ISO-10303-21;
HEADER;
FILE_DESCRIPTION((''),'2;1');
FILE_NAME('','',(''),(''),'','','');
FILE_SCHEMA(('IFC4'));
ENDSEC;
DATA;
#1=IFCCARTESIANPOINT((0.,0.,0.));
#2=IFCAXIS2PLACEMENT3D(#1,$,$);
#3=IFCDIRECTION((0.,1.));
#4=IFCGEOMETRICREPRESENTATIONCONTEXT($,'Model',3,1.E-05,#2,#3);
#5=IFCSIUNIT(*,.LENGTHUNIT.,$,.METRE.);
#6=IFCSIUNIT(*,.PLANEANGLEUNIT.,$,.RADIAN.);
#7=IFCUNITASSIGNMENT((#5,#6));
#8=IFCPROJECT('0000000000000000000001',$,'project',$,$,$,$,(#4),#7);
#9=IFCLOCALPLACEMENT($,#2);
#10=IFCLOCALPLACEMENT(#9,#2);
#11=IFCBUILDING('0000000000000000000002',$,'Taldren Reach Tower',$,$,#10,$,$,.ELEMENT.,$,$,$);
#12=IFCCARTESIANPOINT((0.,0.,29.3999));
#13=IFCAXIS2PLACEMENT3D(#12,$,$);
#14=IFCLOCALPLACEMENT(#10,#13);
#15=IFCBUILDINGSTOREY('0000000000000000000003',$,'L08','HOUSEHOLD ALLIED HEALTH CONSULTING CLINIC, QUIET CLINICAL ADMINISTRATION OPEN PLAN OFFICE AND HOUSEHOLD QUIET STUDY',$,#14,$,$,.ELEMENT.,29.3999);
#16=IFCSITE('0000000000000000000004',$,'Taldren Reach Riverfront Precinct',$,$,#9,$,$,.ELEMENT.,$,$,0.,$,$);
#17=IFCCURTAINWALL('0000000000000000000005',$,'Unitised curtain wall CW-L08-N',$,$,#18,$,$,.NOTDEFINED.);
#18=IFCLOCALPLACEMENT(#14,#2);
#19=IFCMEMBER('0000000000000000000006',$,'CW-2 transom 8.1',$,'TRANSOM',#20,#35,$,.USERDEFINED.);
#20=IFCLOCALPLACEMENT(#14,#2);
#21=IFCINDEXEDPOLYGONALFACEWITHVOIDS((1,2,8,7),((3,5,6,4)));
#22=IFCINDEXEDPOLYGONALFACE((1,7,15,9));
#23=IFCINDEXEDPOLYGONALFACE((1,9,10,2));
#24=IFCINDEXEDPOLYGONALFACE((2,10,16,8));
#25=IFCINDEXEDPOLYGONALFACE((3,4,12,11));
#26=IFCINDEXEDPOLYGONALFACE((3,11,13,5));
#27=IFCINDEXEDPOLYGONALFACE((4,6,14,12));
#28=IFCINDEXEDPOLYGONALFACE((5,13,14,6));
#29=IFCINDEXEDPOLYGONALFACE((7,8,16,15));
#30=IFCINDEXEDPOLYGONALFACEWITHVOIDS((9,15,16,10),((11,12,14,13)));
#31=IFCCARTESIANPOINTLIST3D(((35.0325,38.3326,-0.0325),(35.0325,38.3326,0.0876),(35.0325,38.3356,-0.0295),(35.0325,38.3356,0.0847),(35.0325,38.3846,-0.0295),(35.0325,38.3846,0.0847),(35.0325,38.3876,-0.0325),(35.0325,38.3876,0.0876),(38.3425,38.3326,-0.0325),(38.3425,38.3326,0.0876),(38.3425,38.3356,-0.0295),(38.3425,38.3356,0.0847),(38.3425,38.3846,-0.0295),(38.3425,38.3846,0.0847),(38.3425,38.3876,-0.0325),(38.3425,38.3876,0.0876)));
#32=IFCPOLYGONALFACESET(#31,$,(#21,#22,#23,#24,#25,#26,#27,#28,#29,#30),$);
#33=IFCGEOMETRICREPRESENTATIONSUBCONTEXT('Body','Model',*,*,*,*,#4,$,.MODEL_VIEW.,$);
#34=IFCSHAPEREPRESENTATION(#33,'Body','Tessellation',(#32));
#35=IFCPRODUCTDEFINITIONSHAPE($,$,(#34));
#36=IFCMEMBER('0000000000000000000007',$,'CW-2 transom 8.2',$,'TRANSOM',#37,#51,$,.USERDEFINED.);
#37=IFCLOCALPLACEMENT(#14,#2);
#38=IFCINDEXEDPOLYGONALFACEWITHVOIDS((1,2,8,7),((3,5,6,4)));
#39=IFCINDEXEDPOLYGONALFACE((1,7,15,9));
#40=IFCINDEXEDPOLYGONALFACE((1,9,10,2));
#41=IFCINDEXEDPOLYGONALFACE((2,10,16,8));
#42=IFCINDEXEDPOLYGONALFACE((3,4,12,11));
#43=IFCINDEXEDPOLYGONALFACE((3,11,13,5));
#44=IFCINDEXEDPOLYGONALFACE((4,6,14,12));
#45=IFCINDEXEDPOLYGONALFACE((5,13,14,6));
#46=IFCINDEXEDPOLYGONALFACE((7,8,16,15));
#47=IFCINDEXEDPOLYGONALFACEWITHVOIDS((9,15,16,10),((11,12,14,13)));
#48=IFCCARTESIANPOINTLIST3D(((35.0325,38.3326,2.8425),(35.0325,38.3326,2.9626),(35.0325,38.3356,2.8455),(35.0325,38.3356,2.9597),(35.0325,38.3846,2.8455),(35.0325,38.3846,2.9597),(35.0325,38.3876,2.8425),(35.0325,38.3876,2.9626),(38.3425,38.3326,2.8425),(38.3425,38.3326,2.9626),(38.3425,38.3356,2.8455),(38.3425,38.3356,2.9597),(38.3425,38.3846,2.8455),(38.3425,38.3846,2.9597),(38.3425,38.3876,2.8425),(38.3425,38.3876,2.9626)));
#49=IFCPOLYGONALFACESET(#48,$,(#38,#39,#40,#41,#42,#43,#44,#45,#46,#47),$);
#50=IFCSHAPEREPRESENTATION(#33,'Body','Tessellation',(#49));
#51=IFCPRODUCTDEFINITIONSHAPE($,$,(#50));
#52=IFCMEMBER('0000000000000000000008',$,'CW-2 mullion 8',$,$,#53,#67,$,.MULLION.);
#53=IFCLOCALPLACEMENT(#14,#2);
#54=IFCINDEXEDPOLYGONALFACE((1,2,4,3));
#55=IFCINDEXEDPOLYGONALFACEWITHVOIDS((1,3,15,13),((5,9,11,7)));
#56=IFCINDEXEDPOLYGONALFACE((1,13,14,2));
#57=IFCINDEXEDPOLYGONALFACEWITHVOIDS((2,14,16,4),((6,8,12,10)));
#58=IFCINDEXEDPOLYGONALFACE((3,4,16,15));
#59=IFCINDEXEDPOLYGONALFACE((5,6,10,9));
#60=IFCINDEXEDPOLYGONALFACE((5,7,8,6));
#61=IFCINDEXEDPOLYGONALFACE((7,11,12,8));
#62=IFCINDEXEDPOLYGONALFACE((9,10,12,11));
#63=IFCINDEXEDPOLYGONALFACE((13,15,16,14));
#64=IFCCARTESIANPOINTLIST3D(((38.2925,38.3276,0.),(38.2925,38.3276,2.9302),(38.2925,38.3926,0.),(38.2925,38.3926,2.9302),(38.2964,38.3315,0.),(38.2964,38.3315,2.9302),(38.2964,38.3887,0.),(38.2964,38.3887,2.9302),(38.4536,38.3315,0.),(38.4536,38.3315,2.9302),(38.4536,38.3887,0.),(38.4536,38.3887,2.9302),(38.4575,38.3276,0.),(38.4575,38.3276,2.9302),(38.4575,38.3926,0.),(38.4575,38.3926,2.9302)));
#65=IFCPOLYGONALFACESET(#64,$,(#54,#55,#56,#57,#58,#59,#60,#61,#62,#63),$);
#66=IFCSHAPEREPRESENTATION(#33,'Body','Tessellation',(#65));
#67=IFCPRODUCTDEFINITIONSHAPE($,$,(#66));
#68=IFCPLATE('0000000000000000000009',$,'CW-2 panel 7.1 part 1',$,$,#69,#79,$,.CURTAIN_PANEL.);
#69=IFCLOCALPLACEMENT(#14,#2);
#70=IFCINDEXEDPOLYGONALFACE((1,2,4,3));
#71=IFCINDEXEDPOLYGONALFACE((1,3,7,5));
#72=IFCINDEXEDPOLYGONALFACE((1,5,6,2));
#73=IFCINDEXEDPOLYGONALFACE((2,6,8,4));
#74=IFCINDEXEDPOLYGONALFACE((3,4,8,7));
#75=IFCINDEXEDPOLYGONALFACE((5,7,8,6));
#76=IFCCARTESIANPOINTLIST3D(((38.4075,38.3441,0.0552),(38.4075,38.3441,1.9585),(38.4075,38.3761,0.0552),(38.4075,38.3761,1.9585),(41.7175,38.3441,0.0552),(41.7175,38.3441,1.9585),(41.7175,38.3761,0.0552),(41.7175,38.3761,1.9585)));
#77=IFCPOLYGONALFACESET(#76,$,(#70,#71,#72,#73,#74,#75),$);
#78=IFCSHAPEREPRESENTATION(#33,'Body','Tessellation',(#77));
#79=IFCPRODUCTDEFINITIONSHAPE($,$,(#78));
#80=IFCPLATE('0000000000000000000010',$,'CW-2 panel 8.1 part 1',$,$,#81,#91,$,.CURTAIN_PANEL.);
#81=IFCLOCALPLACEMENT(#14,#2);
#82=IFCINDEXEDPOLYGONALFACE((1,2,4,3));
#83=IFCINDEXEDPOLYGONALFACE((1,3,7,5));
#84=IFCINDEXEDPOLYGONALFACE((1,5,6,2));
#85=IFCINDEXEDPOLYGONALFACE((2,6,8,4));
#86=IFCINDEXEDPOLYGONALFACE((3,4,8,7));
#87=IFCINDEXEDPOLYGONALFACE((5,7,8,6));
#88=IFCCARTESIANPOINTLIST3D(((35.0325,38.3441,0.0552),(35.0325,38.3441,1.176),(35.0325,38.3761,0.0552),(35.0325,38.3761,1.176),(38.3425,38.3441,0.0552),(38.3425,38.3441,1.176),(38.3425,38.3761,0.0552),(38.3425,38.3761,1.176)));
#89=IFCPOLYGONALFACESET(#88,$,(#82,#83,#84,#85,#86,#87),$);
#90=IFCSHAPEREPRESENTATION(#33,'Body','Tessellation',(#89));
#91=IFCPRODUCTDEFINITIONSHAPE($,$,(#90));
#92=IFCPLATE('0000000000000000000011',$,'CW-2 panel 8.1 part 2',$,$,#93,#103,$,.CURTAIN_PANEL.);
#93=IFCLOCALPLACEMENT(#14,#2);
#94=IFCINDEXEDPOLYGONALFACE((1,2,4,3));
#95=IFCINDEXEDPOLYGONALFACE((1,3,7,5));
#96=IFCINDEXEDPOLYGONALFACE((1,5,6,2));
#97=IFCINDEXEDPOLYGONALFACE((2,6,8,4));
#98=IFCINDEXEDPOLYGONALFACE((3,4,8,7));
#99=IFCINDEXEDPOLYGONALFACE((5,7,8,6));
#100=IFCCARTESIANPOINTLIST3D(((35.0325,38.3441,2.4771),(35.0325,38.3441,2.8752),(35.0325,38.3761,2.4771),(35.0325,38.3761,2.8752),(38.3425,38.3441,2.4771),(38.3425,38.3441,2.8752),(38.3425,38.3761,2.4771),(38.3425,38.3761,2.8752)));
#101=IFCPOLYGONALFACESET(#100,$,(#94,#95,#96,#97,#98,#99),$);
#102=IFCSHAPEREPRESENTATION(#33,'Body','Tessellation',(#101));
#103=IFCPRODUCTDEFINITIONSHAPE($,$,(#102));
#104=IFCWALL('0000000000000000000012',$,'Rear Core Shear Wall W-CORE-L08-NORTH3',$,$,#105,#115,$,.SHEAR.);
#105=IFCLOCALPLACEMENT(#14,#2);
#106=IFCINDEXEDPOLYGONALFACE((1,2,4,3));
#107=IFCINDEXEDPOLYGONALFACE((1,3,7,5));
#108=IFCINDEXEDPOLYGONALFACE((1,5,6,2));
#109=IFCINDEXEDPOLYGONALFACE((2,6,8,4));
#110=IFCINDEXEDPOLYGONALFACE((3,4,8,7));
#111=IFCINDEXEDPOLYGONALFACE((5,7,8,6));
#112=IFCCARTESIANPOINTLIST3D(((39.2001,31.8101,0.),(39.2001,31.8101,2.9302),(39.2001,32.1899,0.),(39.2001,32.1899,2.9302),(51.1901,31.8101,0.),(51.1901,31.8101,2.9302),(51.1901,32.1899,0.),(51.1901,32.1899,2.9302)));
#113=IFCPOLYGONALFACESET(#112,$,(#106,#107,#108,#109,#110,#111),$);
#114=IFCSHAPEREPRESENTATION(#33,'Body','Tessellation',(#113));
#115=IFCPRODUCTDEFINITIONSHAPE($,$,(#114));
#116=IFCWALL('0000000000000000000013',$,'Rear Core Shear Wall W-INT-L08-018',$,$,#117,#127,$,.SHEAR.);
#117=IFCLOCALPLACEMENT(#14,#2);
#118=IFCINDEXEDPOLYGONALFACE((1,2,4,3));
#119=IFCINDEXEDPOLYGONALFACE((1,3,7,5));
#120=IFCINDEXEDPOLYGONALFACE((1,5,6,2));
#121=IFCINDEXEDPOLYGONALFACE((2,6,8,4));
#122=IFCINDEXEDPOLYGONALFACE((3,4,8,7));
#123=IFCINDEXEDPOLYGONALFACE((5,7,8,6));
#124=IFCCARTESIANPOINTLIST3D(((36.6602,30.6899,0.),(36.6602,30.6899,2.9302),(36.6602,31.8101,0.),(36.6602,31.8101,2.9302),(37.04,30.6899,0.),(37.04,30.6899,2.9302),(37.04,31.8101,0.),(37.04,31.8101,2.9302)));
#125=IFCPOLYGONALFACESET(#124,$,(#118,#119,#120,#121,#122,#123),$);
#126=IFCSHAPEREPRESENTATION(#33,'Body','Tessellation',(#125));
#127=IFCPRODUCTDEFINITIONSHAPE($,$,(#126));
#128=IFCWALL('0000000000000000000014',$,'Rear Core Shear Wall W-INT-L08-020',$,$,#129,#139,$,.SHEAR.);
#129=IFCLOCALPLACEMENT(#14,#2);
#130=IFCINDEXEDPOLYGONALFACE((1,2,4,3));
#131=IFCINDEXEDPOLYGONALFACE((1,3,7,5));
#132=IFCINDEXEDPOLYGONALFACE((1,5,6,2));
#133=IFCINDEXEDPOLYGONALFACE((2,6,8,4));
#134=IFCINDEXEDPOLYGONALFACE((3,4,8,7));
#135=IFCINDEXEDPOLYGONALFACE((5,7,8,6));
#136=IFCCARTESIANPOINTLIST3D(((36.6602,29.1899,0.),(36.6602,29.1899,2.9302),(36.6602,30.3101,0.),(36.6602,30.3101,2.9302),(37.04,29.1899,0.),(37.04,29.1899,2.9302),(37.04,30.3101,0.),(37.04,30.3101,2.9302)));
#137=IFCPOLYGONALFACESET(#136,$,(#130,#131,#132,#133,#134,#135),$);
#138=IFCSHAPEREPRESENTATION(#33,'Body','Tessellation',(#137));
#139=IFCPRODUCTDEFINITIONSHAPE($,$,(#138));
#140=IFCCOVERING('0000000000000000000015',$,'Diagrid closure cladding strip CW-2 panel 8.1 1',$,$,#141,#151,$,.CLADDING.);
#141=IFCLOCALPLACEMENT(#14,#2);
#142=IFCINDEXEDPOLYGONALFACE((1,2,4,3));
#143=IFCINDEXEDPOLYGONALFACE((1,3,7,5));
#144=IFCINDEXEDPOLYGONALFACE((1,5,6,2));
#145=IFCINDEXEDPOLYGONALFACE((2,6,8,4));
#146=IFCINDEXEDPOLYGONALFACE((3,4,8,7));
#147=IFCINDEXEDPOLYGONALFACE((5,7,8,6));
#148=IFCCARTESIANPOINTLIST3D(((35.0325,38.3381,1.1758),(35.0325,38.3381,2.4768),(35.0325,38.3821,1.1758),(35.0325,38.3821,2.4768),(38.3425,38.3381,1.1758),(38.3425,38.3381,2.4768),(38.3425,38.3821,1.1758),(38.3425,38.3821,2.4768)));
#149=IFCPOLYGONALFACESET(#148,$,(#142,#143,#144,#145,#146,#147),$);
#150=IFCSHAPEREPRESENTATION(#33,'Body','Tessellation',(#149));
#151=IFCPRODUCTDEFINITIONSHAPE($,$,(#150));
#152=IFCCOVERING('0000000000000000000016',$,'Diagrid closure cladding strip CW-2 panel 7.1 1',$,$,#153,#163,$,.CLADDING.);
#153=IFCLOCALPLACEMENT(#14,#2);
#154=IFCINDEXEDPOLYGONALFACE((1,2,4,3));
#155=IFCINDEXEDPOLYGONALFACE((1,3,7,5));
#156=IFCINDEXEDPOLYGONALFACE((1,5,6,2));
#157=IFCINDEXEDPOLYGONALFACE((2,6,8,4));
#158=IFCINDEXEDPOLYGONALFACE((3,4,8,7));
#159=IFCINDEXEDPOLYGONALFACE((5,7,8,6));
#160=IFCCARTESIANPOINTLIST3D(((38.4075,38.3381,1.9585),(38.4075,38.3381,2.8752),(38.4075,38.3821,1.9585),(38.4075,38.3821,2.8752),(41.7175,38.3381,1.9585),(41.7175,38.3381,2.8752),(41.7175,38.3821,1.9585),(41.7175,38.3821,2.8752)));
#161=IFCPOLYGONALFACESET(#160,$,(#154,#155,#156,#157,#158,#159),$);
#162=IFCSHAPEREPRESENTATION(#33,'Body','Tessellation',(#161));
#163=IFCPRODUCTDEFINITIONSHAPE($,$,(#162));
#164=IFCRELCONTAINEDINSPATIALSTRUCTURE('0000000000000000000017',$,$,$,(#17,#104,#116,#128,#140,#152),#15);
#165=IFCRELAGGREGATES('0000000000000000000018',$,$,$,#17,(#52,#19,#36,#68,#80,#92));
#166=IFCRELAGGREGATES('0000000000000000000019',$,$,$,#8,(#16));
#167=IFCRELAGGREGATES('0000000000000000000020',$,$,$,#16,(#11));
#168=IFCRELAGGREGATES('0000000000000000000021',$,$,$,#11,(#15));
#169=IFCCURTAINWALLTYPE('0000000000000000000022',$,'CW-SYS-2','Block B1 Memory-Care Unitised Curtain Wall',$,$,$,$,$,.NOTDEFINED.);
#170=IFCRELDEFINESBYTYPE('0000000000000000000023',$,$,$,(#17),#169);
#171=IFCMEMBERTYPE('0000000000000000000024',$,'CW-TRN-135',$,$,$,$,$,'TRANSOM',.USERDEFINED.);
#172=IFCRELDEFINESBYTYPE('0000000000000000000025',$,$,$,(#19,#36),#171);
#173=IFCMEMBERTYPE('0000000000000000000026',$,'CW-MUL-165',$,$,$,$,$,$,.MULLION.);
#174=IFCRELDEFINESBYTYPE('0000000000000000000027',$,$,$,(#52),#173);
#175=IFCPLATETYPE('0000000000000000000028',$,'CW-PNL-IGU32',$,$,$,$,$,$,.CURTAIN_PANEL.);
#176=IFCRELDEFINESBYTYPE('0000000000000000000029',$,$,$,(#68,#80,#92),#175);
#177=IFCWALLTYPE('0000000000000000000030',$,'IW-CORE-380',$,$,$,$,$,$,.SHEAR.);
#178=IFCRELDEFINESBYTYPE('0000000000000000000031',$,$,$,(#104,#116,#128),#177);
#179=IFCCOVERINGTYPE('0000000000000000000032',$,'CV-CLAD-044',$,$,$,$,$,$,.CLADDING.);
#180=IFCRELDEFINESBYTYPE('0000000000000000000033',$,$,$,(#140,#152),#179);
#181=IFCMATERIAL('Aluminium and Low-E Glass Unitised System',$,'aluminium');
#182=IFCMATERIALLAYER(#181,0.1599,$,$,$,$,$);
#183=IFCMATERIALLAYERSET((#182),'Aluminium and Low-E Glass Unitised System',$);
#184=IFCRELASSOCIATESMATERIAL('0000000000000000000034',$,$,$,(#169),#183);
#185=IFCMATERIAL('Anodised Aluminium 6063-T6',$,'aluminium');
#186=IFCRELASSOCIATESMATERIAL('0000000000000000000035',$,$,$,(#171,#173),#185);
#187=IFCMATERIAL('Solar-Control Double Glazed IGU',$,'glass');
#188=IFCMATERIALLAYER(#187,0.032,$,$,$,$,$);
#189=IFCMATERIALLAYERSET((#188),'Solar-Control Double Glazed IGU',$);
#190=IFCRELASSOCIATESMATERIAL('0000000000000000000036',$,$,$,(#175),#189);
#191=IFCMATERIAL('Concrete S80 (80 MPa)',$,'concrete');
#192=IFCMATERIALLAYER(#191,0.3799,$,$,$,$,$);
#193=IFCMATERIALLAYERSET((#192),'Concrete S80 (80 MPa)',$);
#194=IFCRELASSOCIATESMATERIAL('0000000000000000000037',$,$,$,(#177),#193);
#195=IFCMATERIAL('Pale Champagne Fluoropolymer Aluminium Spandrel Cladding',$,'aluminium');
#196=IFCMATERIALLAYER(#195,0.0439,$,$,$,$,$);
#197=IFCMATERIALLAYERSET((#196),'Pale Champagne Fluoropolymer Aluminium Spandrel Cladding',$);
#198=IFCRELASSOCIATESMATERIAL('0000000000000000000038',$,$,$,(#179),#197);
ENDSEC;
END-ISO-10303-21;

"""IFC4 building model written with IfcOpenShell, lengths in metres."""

from ifc_helpers import new_model, si_unit, direction, frame, frame_2d, origin, origin_2d, place, context, subcontext, project, spatial, rectangle, hollow_rectangle, extrude, source, transform, mapped, material, layer, layer_set, material_profile, profile_set, type_object, element, aggregate, save


model = new_model("IFC4")

# Units and contexts
model_context = context("Model", 3, precision=1e-05, world=origin(), true_north=direction((0.0, 1.0)))
body_context = subcontext(model_context, "Body", "Model", "MODEL_VIEW")
ifc_project = project(units=[si_unit("LENGTHUNIT", "METRE"), si_unit("PLANEANGLEUNIT", "RADIAN")], contexts=[model_context])

# Site, building, storey
site_placement = place(None, origin())
site = spatial("IfcSite", under=ifc_project, at=site_placement, Name="Taldren Reach Riverfront Precinct", CompositionType="ELEMENT", RefElevation=0.0)
building_placement = place(site_placement, origin())
building = spatial("IfcBuilding", under=site, at=building_placement, Name="Taldren Reach Tower", CompositionType="ELEMENT")
storey_placement = place(building_placement, frame((0.0, 0.0, 29.3999)))
storey = spatial("IfcBuildingStorey", under=building, at=storey_placement, Name="L08", Description="HOUSEHOLD ALLIED HEALTH CONSULTING CLINIC, QUIET CLINICAL ADMINISTRATION OPEN PLAN OFFICE AND HOUSEHOLD QUIET STUDY", CompositionType="ELEMENT", Elevation=29.3999)

# Curtain wall, members, plates
ifc_material_1 = material(Name="Aluminium and Low-E Glass Unitised System", Category="aluminium")
ifc_layer_1 = layer(ifc_material_1, 0.1599)
ifc_layer_set_1 = layer_set([ifc_layer_1], Name="Aluminium and Low-E Glass Unitised System")
curtain_wall_type = type_object("IfcCurtainWallType", Name="CW-SYS-2", Description="Block B1 Memory-Care Unitised Curtain Wall", PredefinedType="NOTDEFINED", material=ifc_layer_set_1)
curtain_wall_placement = place(storey_placement, origin())
curtain_wall = element("IfcCurtainWall", 1, at=curtain_wall_placement, inside=storey, type_object=curtain_wall_type, Name="Unitised curtain wall CW-L08-N", PredefinedType="NOTDEFINED")
ifc_material_2 = material(Name="Anodised Aluminium 6063-T6", Category="aluminium")
ifc_material_profile_1 = material_profile(ifc_material_2, hollow_rectangle(XDim=0.0549, YDim=0.1201, WallThickness=0.0029, at=origin_2d()), Name="ALU-120x55x3RHS")
ifc_profile_set_1 = profile_set([ifc_material_profile_1], Name="Anodised Aluminium 6063-T6")
member_type_1 = type_object("IfcMemberType", Name="CW-TRN-135", ElementType="TRANSOM", PredefinedType="USERDEFINED", material=ifc_profile_set_1)
shared_shape_1 = source(origin(), body_context, "Body", "SweptSolid", [
    extrude(hollow_rectangle(XDim=0.0549, YDim=0.1201, WallThickness=0.0029, at=origin_2d()), origin(), (0.0, 0.0, 1.0), 3.3101),
])
member_1_placement = place(storey_placement, frame((38.3425, 38.3601, 0.0276), z_axis=(-1.0, 0.0, 0.0), x_axis=(0.0, -1.0, 0.0)))
member_1 = element("IfcMember", 2, at=member_1_placement, type_object=member_type_1, Name="CW-2 transom 8.1", ObjectType="TRANSOM", PredefinedType="USERDEFINED", context=body_context, shape_type="MappedRepresentation", body=[
    mapped(shared_shape_1, transform((0.0, 0.0, 0.0), scale=1.0)),
])
member_2_placement = place(storey_placement, frame((38.3425, 38.3601, 2.9026), z_axis=(-1.0, 0.0, 0.0), x_axis=(0.0, -1.0, 0.0)))
member_2 = element("IfcMember", 3, at=member_2_placement, type_object=member_type_1, Name="CW-2 transom 8.2", ObjectType="TRANSOM", PredefinedType="USERDEFINED", context=body_context, shape_type="MappedRepresentation", body=[
    mapped(shared_shape_1, transform((0.0, 0.0, 0.0), scale=1.0)),
])
ifc_material_profile_2 = material_profile(ifc_material_2, hollow_rectangle(XDim=0.0649, YDim=0.165, WallThickness=0.0039, at=origin_2d()), Name="ALU-165x65x4RHS")
ifc_profile_set_2 = profile_set([ifc_material_profile_2], Name="Anodised Aluminium 6063-T6")
member_type_2 = type_object("IfcMemberType", Name="CW-MUL-165", PredefinedType="MULLION", material=ifc_profile_set_2)
shared_shape_2 = source(origin(), body_context, "Body", "SweptSolid", [
    extrude(hollow_rectangle(XDim=0.0649, YDim=0.165, WallThickness=0.0039, at=origin_2d()), origin(), (0.0, 0.0, 1.0), 2.9302),
])
member_3_placement = place(storey_placement, frame((38.375, 38.3601, 0.0), z_axis=(0.0, 0.0, 1.0), x_axis=(0.0, -1.0, 0.0)))
member_3 = element("IfcMember", 4, at=member_3_placement, type_object=member_type_2, Name="CW-2 mullion 8", PredefinedType="MULLION", context=body_context, shape_type="MappedRepresentation", body=[
    mapped(shared_shape_2, transform((0.0, 0.0, 0.0), scale=1.0)),
])
ifc_material_3 = material(Name="Solar-Control Double Glazed IGU", Category="glass")
ifc_layer_2 = layer(ifc_material_3, 0.032)
ifc_layer_set_2 = layer_set([ifc_layer_2], Name="Solar-Control Double Glazed IGU")
plate_type = type_object("IfcPlateType", Name="CW-PNL-IGU32", PredefinedType="CURTAIN_PANEL", material=ifc_layer_set_2)
shared_shape_3 = source(origin(), body_context, "Body", "SweptSolid", [
    extrude(rectangle(XDim=3.3101, YDim=0.032, at=origin_2d()), origin(), (0.0, 0.0, 1.0), 1.9033),
])
plate_1_placement = place(storey_placement, frame((40.0625, 38.3601, 0.0552), z_axis=(0.0, 0.0, 1.0), x_axis=(-1.0, 0.0, 0.0)))
plate_1 = element("IfcPlate", 5, at=plate_1_placement, type_object=plate_type, Name="CW-2 panel 7.1 part 1", PredefinedType="CURTAIN_PANEL", context=body_context, shape_type="MappedRepresentation", body=[
    mapped(shared_shape_3, transform((0.0, 0.0, 0.0), scale=1.0)),
])
shared_shape_4 = source(origin(), body_context, "Body", "SweptSolid", [
    extrude(rectangle(XDim=3.3101, YDim=0.032, at=origin_2d()), origin(), (0.0, 0.0, 1.0), 1.1208),
])
plate_2_placement = place(storey_placement, frame((36.6875, 38.3601, 0.0552), z_axis=(0.0, 0.0, 1.0), x_axis=(-1.0, 0.0, 0.0)))
plate_2 = element("IfcPlate", 6, at=plate_2_placement, type_object=plate_type, Name="CW-2 panel 8.1 part 1", PredefinedType="CURTAIN_PANEL", context=body_context, shape_type="MappedRepresentation", body=[
    mapped(shared_shape_4, transform((0.0, 0.0, 0.0), scale=1.0)),
])
shared_shape_5 = source(origin(), body_context, "Body", "SweptSolid", [
    extrude(rectangle(XDim=3.3101, YDim=0.032, at=origin_2d()), origin(), (0.0, 0.0, 1.0), 0.3982),
])
plate_3_placement = place(storey_placement, frame((36.6875, 38.3601, 2.4771), z_axis=(0.0, 0.0, 1.0), x_axis=(-1.0, 0.0, 0.0)))
plate_3 = element("IfcPlate", 7, at=plate_3_placement, type_object=plate_type, Name="CW-2 panel 8.1 part 2", PredefinedType="CURTAIN_PANEL", context=body_context, shape_type="MappedRepresentation", body=[
    mapped(shared_shape_5, transform((0.0, 0.0, 0.0), scale=1.0)),
])
aggregate(curtain_wall, [member_3, member_1, member_2, plate_1, plate_2, plate_3])

# Walls
ifc_material_4 = material(Name="Concrete S80 (80 MPa)", Category="concrete")
ifc_layer_3 = layer(ifc_material_4, 0.3799)
ifc_layer_set_3 = layer_set([ifc_layer_3], Name="Concrete S80 (80 MPa)")
wall_type = type_object("IfcWallType", Name="IW-CORE-380", PredefinedType="SHEAR", material=ifc_layer_set_3)
shared_shape_6 = source(origin(), body_context, "Body", "SweptSolid", [
    extrude(rectangle(XDim=11.99, YDim=0.3799, at=frame_2d((5.9951, 0.0))), origin(), (0.0, 0.0, 1.0), 2.9302),
])
wall_placement = place(storey_placement, frame((39.2, 32.0, 0.0), z_axis=(0.0, 0.0, 1.0), x_axis=(1.0, 0.0, 0.0)))
element("IfcWall", 8, at=wall_placement, inside=storey, type_object=wall_type, Name="Rear Core Shear Wall W-CORE-L08-NORTH3", PredefinedType="SHEAR", context=body_context, shape_type="MappedRepresentation", body=[
    mapped(shared_shape_6, transform((0.0, 0.0, 0.0), scale=1.0)),
])
shared_shape_7 = source(origin(), body_context, "Body", "SweptSolid", [
    extrude(rectangle(XDim=1.1201, YDim=0.3799, at=frame_2d((0.5601, 0.0))), origin(), (0.0, 0.0, 1.0), 2.9302),
])
for number, where, z_axis, x_axis, name in (
    (9, (36.8501, 30.6899, 0.0), (0.0, 0.0, 1.0), (0.0, 1.0, 0.0), "Rear Core Shear Wall W-INT-L08-018"),
    (10, (36.8501, 29.1899, 0.0), (0.0, 0.0, 1.0), (0.0, 1.0, 0.0), "Rear Core Shear Wall W-INT-L08-020"),
):
    element("IfcWall", number, at=place(storey_placement, frame(where, z_axis=z_axis, x_axis=x_axis)), inside=storey, type_object=wall_type, Name=name, PredefinedType="SHEAR", context=body_context, shape_type="MappedRepresentation", body=[
        mapped(shared_shape_7, transform((0.0, 0.0, 0.0), scale=1.0)),
    ])

# Coverings
ifc_material_5 = material(Name="Pale Champagne Fluoropolymer Aluminium Spandrel Cladding", Category="aluminium")
ifc_layer_4 = layer(ifc_material_5, 0.0439)
ifc_layer_set_4 = layer_set([ifc_layer_4], Name="Pale Champagne Fluoropolymer Aluminium Spandrel Cladding")
covering_type = type_object("IfcCoveringType", Name="CV-CLAD-044", PredefinedType="CLADDING", material=ifc_layer_set_4)
shared_shape_8 = source(origin(), body_context, "Body", "SweptSolid", [
    extrude(rectangle(XDim=3.3101, YDim=0.0439, at=origin_2d()), origin(), (0.0, 0.0, 1.0), 1.301),
])
covering_1_placement = place(storey_placement, frame((36.6875, 38.3601, 1.1758), z_axis=(0.0, 0.0, 1.0), x_axis=(-1.0, 0.0, 0.0)))
element("IfcCovering", 11, at=covering_1_placement, inside=storey, type_object=covering_type, Name="Diagrid closure cladding strip CW-2 panel 8.1 1", PredefinedType="CLADDING", context=body_context, shape_type="MappedRepresentation", body=[
    mapped(shared_shape_8, transform((0.0, 0.0, 0.0), scale=1.0)),
])
shared_shape_9 = source(origin(), body_context, "Body", "SweptSolid", [
    extrude(rectangle(XDim=3.3101, YDim=0.0439, at=origin_2d()), origin(), (0.0, 0.0, 1.0), 0.9167),
])
covering_2_placement = place(storey_placement, frame((40.0625, 38.3601, 1.9585), z_axis=(0.0, 0.0, 1.0), x_axis=(-1.0, 0.0, 0.0)))
element("IfcCovering", 12, at=covering_2_placement, inside=storey, type_object=covering_type, Name="Diagrid closure cladding strip CW-2 panel 7.1 1", PredefinedType="CLADDING", context=body_context, shape_type="MappedRepresentation", body=[
    mapped(shared_shape_9, transform((0.0, 0.0, 0.0), scale=1.0)),
])

save(model, "model.ifc")
